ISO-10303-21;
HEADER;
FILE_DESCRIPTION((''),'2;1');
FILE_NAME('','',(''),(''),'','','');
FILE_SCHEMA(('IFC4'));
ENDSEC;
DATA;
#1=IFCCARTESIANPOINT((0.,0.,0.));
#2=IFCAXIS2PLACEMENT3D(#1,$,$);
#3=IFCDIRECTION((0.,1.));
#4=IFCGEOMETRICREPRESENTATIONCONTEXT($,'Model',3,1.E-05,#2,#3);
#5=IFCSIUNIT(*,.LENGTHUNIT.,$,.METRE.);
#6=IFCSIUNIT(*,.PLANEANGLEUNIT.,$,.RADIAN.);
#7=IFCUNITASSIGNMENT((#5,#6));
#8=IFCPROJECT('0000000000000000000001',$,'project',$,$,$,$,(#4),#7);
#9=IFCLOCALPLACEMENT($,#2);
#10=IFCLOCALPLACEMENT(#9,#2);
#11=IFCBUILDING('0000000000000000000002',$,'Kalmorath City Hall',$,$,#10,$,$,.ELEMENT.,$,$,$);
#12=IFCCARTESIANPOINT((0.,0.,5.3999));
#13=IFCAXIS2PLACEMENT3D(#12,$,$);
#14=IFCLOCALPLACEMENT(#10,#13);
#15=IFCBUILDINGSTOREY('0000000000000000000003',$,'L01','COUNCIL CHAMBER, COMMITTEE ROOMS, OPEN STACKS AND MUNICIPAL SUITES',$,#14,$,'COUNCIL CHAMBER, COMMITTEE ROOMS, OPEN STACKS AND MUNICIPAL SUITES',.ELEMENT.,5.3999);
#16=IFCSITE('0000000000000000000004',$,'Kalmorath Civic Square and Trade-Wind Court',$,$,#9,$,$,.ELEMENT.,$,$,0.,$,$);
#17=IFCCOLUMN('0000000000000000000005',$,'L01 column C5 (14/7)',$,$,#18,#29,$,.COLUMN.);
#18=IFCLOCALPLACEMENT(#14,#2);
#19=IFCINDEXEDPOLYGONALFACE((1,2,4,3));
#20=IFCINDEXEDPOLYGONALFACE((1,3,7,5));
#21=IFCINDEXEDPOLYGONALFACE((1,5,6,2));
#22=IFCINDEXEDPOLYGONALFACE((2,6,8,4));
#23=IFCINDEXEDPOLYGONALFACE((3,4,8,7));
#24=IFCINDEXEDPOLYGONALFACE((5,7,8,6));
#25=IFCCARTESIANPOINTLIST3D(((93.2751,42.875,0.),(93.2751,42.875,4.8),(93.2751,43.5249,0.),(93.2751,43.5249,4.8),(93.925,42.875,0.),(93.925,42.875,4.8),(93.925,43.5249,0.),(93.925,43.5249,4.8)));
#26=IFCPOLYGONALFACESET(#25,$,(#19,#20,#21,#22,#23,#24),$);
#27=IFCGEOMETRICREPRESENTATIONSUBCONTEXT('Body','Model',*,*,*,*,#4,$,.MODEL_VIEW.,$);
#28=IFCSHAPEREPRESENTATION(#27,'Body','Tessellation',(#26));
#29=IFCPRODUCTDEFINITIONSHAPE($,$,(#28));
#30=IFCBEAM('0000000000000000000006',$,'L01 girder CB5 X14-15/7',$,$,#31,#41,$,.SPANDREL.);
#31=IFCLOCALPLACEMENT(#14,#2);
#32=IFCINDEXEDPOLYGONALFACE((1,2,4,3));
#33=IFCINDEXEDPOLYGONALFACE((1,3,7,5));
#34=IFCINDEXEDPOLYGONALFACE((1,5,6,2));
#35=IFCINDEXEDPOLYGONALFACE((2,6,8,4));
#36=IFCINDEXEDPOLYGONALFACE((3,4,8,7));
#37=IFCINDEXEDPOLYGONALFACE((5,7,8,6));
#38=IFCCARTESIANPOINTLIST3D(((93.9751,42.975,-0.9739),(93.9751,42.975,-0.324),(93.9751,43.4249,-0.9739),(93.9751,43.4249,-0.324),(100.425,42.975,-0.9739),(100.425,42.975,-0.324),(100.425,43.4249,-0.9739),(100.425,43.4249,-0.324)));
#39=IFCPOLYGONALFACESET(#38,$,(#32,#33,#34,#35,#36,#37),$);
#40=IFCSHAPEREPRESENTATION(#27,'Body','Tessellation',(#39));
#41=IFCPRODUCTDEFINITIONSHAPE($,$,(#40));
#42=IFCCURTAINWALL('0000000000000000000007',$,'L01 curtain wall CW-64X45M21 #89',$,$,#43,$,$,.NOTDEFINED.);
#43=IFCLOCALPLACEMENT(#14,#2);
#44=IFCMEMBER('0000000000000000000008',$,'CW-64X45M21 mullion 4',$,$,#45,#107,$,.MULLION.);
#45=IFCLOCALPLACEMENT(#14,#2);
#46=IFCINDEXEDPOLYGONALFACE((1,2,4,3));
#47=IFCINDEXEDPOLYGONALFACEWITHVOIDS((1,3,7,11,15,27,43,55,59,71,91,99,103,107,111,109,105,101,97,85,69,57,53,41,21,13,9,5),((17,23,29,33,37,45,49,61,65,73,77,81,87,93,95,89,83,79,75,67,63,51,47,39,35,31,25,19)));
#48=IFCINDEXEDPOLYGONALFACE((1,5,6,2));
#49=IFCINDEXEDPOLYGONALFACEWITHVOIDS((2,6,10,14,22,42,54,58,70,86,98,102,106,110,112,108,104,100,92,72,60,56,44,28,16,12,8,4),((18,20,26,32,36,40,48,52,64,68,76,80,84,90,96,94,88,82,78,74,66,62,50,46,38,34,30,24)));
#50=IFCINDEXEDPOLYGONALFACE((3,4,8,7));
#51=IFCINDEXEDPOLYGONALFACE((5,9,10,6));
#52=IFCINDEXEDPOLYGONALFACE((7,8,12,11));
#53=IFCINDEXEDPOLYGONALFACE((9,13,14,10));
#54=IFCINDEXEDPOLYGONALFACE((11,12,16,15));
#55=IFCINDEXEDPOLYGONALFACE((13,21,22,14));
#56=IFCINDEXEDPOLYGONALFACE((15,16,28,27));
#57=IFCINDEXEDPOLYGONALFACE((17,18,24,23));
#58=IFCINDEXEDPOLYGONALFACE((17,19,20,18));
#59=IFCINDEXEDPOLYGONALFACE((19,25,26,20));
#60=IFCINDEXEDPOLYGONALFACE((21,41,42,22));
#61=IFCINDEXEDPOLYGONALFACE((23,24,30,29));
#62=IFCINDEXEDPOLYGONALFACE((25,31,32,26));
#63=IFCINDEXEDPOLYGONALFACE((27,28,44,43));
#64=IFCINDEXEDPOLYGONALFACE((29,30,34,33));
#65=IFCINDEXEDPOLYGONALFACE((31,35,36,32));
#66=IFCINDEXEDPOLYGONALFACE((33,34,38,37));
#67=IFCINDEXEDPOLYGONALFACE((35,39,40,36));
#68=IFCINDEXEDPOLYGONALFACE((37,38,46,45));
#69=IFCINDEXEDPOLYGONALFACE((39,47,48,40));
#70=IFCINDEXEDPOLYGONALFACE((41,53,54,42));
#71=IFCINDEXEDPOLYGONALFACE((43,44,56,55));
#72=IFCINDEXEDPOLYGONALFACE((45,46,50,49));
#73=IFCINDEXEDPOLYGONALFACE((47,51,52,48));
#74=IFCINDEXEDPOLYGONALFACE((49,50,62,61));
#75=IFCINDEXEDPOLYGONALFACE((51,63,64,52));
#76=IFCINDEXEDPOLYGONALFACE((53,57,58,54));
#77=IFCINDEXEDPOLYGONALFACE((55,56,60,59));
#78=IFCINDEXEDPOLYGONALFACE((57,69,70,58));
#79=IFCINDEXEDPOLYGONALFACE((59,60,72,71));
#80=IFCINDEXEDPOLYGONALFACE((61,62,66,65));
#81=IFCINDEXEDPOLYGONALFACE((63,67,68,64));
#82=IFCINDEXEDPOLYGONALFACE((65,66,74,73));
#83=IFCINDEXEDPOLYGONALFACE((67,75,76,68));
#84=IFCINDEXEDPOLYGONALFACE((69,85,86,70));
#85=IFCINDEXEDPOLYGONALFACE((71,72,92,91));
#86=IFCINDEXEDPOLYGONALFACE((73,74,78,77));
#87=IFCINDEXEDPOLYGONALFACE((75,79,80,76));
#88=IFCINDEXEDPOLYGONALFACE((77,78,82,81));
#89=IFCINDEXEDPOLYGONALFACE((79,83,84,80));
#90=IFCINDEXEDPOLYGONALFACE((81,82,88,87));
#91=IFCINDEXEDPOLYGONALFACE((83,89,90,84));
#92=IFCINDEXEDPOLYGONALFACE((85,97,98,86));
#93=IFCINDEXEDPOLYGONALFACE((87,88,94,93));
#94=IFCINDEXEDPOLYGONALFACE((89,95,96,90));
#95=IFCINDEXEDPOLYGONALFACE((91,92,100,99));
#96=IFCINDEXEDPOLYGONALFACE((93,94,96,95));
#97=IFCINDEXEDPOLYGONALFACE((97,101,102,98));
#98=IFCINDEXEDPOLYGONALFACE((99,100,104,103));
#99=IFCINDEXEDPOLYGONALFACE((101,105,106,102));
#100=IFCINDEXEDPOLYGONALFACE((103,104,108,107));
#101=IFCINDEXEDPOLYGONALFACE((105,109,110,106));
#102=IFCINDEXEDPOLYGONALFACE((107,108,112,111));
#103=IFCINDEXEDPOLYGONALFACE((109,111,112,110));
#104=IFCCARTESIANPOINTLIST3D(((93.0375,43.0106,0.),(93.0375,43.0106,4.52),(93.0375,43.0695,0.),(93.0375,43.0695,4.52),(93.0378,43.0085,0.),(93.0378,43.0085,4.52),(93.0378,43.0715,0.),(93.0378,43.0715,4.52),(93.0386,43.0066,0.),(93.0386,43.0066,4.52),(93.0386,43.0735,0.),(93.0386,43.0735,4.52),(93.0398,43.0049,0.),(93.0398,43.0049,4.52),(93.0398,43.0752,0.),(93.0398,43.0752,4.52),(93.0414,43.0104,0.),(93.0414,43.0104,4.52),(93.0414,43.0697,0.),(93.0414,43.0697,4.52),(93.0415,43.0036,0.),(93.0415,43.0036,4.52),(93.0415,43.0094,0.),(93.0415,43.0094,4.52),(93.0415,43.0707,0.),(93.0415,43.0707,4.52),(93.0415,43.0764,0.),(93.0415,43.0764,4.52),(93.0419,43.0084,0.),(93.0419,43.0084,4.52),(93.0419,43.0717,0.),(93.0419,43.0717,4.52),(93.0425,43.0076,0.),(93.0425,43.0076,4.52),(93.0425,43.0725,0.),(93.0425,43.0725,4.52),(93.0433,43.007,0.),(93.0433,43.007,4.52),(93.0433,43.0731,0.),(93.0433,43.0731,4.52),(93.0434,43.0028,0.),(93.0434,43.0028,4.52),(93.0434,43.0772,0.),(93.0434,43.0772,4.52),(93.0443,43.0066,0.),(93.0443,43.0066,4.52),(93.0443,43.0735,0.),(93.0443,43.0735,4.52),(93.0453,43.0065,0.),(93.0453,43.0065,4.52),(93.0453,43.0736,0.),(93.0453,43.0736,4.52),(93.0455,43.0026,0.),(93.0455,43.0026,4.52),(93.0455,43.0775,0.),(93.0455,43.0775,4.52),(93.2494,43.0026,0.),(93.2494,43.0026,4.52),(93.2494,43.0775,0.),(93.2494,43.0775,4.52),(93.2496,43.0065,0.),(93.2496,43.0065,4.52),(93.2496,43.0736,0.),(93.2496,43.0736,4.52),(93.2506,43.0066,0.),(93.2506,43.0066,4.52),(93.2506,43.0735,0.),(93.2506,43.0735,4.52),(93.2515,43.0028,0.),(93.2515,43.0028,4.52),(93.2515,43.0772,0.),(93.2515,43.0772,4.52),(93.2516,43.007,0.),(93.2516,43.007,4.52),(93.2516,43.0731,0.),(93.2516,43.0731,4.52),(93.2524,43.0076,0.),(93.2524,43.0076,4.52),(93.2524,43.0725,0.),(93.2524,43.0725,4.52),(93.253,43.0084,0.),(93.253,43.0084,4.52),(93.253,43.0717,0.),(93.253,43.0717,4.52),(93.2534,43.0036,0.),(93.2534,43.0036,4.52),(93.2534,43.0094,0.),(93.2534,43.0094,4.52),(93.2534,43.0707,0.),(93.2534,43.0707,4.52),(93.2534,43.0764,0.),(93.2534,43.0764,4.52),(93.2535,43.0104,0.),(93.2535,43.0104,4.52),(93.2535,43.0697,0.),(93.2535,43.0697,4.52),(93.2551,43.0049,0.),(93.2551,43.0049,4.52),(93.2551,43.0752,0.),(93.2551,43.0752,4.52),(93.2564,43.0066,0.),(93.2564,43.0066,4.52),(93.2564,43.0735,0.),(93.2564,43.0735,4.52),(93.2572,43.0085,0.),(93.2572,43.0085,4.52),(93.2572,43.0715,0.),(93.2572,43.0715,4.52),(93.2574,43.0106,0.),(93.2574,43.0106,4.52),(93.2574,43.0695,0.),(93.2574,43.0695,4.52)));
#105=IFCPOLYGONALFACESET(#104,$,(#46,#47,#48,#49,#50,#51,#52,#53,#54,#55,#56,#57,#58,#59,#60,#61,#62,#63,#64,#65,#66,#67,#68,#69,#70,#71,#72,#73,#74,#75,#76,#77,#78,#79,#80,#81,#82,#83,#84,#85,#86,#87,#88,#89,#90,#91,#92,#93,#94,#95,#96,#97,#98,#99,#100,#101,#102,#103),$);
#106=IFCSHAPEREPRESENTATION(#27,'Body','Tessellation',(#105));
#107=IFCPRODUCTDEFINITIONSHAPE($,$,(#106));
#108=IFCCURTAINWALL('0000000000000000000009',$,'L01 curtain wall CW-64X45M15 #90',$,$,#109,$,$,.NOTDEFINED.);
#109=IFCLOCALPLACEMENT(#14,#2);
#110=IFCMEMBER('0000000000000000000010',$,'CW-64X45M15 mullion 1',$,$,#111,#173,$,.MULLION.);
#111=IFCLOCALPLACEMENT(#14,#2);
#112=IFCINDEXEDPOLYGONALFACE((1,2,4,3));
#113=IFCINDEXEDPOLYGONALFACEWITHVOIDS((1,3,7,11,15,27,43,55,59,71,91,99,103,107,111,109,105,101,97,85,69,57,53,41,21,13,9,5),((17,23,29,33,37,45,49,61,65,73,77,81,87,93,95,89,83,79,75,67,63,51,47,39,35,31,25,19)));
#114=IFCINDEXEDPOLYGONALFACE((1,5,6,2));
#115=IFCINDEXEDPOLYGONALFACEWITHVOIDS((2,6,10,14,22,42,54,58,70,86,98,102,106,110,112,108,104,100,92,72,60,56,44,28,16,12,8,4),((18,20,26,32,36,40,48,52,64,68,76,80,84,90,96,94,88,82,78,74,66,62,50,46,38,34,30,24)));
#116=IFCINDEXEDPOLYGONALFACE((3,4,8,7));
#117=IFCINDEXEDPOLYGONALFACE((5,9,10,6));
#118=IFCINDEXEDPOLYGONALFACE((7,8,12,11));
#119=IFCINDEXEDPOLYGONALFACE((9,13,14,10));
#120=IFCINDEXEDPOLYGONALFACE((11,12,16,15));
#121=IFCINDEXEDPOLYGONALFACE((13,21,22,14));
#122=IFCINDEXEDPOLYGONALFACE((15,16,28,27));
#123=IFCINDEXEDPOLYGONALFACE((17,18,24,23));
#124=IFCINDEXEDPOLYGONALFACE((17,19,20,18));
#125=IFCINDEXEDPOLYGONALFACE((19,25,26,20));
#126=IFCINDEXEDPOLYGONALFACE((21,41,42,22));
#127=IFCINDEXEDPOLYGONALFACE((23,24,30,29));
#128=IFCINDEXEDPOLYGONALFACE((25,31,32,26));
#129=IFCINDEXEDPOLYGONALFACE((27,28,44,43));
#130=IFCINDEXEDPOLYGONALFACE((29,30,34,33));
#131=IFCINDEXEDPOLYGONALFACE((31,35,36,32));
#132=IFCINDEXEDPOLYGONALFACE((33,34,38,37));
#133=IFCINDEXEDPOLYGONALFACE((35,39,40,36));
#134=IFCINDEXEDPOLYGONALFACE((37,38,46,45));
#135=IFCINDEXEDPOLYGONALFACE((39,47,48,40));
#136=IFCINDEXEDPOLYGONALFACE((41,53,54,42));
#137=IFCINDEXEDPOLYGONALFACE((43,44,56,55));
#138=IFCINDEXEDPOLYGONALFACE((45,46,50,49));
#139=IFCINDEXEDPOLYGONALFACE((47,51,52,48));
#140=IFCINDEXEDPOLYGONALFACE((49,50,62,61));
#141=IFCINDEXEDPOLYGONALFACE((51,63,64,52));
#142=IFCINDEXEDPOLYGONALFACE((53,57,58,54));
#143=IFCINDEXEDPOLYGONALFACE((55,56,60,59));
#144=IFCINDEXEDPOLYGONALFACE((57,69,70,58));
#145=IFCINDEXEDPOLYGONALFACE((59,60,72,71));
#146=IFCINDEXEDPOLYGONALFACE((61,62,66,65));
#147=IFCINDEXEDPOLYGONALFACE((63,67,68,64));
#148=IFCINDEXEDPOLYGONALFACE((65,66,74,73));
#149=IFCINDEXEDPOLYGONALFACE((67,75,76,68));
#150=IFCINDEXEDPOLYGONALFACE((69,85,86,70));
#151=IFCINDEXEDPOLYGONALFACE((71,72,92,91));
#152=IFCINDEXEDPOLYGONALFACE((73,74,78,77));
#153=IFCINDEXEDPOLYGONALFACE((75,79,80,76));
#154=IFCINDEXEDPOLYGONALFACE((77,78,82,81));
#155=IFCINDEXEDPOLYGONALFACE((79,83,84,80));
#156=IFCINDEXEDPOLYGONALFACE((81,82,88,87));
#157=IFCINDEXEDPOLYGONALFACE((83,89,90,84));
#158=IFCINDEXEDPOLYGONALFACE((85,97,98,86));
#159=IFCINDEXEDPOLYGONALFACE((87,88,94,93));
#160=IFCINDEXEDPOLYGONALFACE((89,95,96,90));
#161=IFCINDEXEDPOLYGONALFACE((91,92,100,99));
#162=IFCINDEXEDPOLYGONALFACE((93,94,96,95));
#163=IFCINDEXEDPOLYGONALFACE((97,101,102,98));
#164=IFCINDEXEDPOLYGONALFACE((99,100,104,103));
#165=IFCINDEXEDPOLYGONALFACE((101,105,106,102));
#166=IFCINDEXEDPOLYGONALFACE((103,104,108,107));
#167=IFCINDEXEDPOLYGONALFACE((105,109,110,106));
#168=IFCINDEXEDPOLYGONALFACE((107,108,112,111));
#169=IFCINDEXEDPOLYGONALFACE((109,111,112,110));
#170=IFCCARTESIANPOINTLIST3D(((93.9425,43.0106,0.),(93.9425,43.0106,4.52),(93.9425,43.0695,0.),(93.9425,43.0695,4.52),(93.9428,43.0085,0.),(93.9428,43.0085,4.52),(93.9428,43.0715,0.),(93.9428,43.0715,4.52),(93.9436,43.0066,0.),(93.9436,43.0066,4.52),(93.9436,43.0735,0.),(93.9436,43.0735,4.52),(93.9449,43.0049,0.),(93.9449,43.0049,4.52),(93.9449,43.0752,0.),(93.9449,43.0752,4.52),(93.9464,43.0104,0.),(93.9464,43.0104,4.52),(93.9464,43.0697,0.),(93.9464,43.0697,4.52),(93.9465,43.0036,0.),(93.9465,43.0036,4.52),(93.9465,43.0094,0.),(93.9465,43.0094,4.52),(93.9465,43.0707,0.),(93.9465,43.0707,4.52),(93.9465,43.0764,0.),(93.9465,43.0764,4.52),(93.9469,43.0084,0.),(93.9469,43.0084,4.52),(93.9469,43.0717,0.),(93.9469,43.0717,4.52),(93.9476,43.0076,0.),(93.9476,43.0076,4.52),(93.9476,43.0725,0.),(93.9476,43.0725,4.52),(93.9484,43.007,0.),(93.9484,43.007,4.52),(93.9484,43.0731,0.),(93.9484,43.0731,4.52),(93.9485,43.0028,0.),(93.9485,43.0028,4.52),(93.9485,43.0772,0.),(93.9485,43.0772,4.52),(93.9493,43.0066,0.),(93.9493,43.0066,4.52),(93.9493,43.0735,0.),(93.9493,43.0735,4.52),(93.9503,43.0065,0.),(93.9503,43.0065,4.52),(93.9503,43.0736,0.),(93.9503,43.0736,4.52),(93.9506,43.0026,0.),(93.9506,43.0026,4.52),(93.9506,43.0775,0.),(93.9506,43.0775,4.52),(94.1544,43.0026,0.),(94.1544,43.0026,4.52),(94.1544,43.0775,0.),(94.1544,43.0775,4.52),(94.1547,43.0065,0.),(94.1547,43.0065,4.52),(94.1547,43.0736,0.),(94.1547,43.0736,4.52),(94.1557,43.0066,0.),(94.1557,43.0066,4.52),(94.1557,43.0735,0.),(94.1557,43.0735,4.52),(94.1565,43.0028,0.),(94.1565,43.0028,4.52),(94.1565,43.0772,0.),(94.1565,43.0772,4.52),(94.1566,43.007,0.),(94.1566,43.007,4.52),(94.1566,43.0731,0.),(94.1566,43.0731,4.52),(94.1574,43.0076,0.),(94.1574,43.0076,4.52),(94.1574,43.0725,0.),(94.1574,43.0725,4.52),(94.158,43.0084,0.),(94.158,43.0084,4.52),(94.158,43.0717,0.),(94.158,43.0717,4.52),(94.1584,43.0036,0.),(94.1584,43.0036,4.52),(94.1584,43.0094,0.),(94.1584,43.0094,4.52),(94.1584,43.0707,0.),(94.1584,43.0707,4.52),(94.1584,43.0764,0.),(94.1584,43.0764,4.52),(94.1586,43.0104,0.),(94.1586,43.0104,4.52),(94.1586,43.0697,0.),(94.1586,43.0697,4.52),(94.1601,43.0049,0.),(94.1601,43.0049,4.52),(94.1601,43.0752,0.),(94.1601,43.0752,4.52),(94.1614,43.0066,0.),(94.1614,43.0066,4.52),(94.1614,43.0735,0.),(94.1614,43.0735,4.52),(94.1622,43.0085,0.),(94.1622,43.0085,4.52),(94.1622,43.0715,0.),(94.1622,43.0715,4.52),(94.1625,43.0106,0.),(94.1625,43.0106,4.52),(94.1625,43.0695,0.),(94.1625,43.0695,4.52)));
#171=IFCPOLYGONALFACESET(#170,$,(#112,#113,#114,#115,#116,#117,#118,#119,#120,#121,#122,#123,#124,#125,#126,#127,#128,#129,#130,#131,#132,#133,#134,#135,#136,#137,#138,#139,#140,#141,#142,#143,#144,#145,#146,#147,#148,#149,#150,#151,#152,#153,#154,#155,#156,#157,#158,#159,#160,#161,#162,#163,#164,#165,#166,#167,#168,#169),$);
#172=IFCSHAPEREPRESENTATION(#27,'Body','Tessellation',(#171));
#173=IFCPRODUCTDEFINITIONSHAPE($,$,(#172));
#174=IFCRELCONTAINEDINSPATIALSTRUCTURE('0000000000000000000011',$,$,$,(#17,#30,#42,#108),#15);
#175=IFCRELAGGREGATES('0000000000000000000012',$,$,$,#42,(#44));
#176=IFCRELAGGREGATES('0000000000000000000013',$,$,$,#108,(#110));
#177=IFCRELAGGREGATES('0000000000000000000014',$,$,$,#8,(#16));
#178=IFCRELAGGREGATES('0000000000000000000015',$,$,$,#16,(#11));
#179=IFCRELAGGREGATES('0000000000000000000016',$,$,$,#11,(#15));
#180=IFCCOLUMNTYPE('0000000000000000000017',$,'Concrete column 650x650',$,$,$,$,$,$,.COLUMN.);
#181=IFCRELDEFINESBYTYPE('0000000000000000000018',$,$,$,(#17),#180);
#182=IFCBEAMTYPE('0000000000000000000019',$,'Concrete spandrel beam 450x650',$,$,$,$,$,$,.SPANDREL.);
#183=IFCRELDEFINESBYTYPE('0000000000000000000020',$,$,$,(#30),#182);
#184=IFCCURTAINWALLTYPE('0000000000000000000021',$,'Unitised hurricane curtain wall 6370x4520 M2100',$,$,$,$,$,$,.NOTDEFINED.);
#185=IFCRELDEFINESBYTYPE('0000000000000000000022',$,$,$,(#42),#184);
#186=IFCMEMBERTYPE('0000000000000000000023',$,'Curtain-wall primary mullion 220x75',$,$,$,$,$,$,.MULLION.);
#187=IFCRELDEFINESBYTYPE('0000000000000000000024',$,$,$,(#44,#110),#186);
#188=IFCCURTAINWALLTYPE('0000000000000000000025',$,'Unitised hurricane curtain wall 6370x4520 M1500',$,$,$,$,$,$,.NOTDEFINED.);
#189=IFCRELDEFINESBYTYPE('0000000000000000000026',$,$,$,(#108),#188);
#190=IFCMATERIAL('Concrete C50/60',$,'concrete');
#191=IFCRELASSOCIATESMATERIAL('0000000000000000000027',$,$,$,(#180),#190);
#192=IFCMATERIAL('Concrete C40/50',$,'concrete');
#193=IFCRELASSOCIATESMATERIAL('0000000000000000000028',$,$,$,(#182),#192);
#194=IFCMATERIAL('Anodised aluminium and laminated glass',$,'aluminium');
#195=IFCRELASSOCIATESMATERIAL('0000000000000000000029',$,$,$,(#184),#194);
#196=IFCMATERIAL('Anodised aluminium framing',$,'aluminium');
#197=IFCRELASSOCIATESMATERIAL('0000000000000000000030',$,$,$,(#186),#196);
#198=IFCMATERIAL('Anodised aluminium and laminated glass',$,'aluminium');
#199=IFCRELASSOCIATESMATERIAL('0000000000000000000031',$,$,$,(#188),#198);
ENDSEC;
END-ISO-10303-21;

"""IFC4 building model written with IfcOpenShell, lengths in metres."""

from ifc_helpers import new_model, si_unit, direction, frame, origin, origin_2d, place, context, subcontext, project, spatial, rectangle, hollow_rectangle, extrude, material, material_profile, profile_set, type_object, element, aggregate, save


model = new_model("IFC4")

# Units and contexts
model_context = context("Model", 3, precision=1e-05, world=origin(), true_north=direction((0.0, 1.0)))
body_context = subcontext(model_context, "Body", "Model", "MODEL_VIEW")
ifc_project = project(units=[si_unit("LENGTHUNIT", "METRE"), si_unit("PLANEANGLEUNIT", "RADIAN")], contexts=[model_context])

# Site, building, storey
site_placement = place(None, origin())
site = spatial("IfcSite", under=ifc_project, at=site_placement, Name="Kalmorath Civic Square and Trade-Wind Court", CompositionType="ELEMENT", RefElevation=0.0)
building_placement = place(site_placement, origin())
building = spatial("IfcBuilding", under=site, at=building_placement, Name="Kalmorath City Hall", CompositionType="ELEMENT")
storey_placement = place(building_placement, frame((0.0, 0.0, 5.3999)))
storey = spatial("IfcBuildingStorey", under=building, at=storey_placement, Name="L01", Description="COUNCIL CHAMBER, COMMITTEE ROOMS, OPEN STACKS AND MUNICIPAL SUITES", LongName="COUNCIL CHAMBER, COMMITTEE ROOMS, OPEN STACKS AND MUNICIPAL SUITES", CompositionType="ELEMENT", Elevation=5.3999)

# Column
ifc_material_1 = material(Name="Concrete C50/60", Category="concrete")
ifc_material_profile_1 = material_profile(ifc_material_1, rectangle(XDim=0.6499, YDim=0.6499, at=origin_2d()), Name="RC-COL-650X650")
ifc_profile_set_1 = profile_set([ifc_material_profile_1], Name="Concrete C50/60")
column_type = type_object("IfcColumnType", Name="Concrete column 650x650", PredefinedType="COLUMN", material=ifc_profile_set_1)
column_placement = place(storey_placement, frame((93.6001, 43.2, 0.0), z_axis=(0.0, 0.0, 1.0), x_axis=(1.0, 0.0, 0.0)))
element("IfcColumn", 1, at=column_placement, inside=storey, type_object=column_type, Name="L01 column C5 (14/7)", PredefinedType="COLUMN", context=body_context, shape_type="SweptSolid", body=[
    extrude(rectangle(XDim=0.6499, YDim=0.6499, at=origin_2d()), origin(), (0.0, 0.0, 1.0), 4.8),
])

# Beam
ifc_material_2 = material(Name="Concrete C40/50", Category="concrete")
ifc_material_profile_2 = material_profile(ifc_material_2, rectangle(XDim=0.45, YDim=0.6499, at=origin_2d()), Name="RC-BM-450X650")
ifc_profile_set_2 = profile_set([ifc_material_profile_2], Name="Concrete C40/50")
beam_type = type_object("IfcBeamType", Name="Concrete spandrel beam 450x650", PredefinedType="SPANDREL", material=ifc_profile_set_2)
beam_placement = place(storey_placement, frame((93.9751, 43.2, -0.6489), z_axis=(1.0, 0.0, 0.0), x_axis=(0.0, 1.0, 0.0)))
element("IfcBeam", 2, at=beam_placement, inside=storey, type_object=beam_type, Name="L01 girder CB5 X14-15/7", PredefinedType="SPANDREL", context=body_context, shape_type="SweptSolid", body=[
    extrude(rectangle(XDim=0.45, YDim=0.6499, at=origin_2d()), origin(), (0.0, 0.0, 1.0), 6.45),
])

# Curtain wall, member
ifc_material_3 = material(Name="Anodised aluminium and laminated glass", Category="aluminium")
curtain_wall_type_1 = type_object("IfcCurtainWallType", Name="Unitised hurricane curtain wall 6370x4520 M2100", PredefinedType="NOTDEFINED", material=ifc_material_3)
curtain_wall_1_placement = place(storey_placement, origin())
curtain_wall_1 = element("IfcCurtainWall", 3, at=curtain_wall_1_placement, inside=storey, type_object=curtain_wall_type_1, Name="L01 curtain wall CW-64X45M21 #89", PredefinedType="NOTDEFINED")
ifc_material_4 = material(Name="Anodised aluminium framing", Category="aluminium")
ifc_material_profile_3 = material_profile(ifc_material_4, hollow_rectangle(XDim=0.075, YDim=0.22, WallThickness=0.0039, InnerFilletRadius=0.0039, OuterFilletRadius=0.0081, at=origin_2d()), Name="ALU-MUL-220X75X4")
ifc_profile_set_3 = profile_set([ifc_material_profile_3], Name="Anodised aluminium framing")
member_type_1 = type_object("IfcMemberType", Name="Curtain-wall primary mullion 220x75", PredefinedType="MULLION", material=ifc_profile_set_3)
member_1_placement = place(storey_placement, frame((93.1475, 43.04, 0.0), z_axis=(0.0, 0.0, 1.0), x_axis=(0.0, 1.0, 0.0)))
member_1 = element("IfcMember", 4, at=member_1_placement, type_object=member_type_1, Name="CW-64X45M21 mullion 4", PredefinedType="MULLION", context=body_context, shape_type="SweptSolid", body=[
    extrude(hollow_rectangle(XDim=0.075, YDim=0.22, WallThickness=0.0039, InnerFilletRadius=0.0039, OuterFilletRadius=0.0081, at=origin_2d()), origin(), (0.0, 0.0, 1.0), 4.52),
])

# Curtain wall, member
ifc_material_5 = material(Name="Anodised aluminium and laminated glass", Category="aluminium")
curtain_wall_type_2 = type_object("IfcCurtainWallType", Name="Unitised hurricane curtain wall 6370x4520 M1500", PredefinedType="NOTDEFINED", material=ifc_material_5)
curtain_wall_2_placement = place(storey_placement, origin())
curtain_wall_2 = element("IfcCurtainWall", 5, at=curtain_wall_2_placement, inside=storey, type_object=curtain_wall_type_2, Name="L01 curtain wall CW-64X45M15 #90", PredefinedType="NOTDEFINED")
member_2_placement = place(storey_placement, frame((94.0525, 43.04, 0.0), z_axis=(0.0, 0.0, 1.0), x_axis=(0.0, 1.0, 0.0)))
member_2 = element("IfcMember", 6, at=member_2_placement, type_object=member_type_1, Name="CW-64X45M15 mullion 1", PredefinedType="MULLION", context=body_context, shape_type="SweptSolid", body=[
    extrude(hollow_rectangle(XDim=0.075, YDim=0.22, WallThickness=0.0039, InnerFilletRadius=0.0039, OuterFilletRadius=0.0081, at=origin_2d()), origin(), (0.0, 0.0, 1.0), 4.52),
])

aggregate(curtain_wall_1, [member_1])
aggregate(curtain_wall_2, [member_2])

save(model, "model.ifc")
